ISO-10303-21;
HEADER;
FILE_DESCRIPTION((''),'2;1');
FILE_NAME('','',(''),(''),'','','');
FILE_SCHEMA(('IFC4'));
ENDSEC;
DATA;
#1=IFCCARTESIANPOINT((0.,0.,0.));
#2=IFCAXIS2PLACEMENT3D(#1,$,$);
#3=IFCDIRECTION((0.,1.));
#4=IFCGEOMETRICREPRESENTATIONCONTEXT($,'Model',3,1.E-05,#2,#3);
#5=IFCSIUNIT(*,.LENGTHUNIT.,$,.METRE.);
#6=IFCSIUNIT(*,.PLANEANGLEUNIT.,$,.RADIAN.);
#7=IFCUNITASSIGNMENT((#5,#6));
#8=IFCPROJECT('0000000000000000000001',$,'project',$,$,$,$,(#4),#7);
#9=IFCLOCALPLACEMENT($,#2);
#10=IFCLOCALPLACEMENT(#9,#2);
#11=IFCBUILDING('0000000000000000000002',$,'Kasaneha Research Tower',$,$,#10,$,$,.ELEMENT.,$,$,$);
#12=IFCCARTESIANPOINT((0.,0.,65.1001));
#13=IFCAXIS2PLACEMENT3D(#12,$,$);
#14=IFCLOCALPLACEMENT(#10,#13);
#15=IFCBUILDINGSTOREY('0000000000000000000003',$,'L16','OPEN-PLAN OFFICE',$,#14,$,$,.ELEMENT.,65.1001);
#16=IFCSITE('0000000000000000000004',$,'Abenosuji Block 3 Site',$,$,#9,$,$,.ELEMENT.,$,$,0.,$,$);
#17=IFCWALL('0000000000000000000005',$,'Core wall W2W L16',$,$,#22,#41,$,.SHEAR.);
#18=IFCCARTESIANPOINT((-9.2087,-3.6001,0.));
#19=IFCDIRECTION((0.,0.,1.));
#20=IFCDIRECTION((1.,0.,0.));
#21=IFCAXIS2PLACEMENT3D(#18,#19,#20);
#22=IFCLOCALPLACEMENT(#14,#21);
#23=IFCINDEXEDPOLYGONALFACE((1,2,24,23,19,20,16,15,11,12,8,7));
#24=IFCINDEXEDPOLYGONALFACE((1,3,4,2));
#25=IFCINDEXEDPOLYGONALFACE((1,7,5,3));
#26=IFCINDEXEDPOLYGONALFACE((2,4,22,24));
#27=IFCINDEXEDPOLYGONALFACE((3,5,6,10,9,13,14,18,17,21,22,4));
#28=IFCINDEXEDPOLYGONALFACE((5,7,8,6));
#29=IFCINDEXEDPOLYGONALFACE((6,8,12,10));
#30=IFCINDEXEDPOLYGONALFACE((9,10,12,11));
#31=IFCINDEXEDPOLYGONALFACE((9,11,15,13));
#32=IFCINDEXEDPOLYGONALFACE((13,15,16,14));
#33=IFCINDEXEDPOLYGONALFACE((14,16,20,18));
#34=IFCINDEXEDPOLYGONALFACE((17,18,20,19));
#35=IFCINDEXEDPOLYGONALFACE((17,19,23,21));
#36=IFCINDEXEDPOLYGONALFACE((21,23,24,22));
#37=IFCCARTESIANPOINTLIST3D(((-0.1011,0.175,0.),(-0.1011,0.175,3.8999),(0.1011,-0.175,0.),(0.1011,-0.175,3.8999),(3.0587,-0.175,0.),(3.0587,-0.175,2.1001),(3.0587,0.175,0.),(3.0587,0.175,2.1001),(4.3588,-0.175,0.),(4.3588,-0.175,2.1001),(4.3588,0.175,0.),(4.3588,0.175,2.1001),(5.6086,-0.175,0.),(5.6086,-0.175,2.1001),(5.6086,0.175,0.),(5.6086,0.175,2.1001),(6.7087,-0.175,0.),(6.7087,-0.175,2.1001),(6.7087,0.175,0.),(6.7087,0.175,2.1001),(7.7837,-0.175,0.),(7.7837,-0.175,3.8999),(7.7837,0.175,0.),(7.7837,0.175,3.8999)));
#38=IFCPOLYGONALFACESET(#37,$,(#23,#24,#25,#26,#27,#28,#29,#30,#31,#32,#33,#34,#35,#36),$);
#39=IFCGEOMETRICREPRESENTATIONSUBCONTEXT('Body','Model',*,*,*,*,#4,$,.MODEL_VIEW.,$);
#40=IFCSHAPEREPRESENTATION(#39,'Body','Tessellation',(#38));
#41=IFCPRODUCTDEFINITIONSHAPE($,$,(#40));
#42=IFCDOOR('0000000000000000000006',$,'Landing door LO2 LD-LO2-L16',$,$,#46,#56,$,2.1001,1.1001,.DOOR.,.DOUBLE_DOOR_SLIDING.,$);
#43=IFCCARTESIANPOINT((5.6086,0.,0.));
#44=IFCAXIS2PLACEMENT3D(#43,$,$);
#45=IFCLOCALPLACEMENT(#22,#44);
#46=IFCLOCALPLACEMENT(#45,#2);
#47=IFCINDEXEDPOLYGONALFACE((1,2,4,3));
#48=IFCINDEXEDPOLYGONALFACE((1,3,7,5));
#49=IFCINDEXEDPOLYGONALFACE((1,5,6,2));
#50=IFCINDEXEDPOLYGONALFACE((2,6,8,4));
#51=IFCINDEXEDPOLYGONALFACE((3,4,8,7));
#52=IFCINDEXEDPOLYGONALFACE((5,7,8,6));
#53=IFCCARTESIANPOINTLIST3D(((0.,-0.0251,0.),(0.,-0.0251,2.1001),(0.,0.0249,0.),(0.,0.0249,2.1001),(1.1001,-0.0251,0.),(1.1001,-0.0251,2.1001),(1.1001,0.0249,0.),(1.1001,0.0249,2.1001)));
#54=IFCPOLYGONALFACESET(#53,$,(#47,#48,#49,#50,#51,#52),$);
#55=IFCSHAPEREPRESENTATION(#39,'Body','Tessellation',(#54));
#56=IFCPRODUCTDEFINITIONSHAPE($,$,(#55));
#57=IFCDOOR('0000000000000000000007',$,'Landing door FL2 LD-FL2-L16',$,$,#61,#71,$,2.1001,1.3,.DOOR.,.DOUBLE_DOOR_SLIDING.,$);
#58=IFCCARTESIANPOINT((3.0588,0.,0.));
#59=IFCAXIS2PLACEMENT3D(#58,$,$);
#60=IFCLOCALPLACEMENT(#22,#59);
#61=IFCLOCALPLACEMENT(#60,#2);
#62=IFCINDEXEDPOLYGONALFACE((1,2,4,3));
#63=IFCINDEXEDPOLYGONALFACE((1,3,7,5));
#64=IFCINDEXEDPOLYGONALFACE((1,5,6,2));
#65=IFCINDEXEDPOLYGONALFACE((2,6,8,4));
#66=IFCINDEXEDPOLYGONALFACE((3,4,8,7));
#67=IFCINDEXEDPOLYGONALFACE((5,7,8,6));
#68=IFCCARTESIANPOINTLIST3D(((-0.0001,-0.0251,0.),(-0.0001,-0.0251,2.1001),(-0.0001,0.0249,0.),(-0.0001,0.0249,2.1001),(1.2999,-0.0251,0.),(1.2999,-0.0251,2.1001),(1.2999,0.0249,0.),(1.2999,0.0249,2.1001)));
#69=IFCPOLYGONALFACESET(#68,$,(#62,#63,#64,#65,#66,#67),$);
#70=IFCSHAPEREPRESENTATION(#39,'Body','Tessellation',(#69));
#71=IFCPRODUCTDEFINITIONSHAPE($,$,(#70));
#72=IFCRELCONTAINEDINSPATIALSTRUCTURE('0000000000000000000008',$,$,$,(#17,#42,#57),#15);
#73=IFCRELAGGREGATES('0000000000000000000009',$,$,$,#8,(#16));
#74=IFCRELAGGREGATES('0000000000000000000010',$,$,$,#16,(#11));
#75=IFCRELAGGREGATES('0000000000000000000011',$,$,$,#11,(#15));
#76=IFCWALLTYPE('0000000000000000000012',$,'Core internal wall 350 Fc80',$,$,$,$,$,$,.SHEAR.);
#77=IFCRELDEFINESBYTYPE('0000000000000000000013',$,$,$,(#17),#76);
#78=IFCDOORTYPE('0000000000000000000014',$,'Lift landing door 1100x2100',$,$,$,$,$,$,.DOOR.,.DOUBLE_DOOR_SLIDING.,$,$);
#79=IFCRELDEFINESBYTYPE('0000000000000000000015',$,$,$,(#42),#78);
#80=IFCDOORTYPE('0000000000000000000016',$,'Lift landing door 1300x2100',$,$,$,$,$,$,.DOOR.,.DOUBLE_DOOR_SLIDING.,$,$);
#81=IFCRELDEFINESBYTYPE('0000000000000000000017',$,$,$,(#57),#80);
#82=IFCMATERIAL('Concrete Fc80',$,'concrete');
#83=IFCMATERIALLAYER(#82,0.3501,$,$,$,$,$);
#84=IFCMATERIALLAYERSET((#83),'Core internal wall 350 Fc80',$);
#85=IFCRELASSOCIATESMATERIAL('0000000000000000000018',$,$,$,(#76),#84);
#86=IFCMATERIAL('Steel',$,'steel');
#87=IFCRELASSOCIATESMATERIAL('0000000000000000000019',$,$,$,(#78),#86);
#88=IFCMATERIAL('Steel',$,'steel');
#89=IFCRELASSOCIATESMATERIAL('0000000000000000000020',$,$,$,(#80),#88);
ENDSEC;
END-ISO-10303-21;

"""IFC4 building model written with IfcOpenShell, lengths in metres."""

from ifc_helpers import new_model, si_unit, direction, frame, frame_2d, origin, place, context, subcontext, project, spatial, polyline, rectangle, outline, extrude, material, layer, layer_set, type_object, element, fill, save


model = new_model("IFC4")

# Units and contexts
model_context = context("Model", 3, precision=1e-05, world=origin(), true_north=direction((0.0, 1.0)))
body_context = subcontext(model_context, "Body", "Model", "MODEL_VIEW")
ifc_project = project(units=[si_unit("LENGTHUNIT", "METRE"), si_unit("PLANEANGLEUNIT", "RADIAN")], contexts=[model_context])

# Site, building, storey
site_placement = place(None, origin())
site = spatial("IfcSite", under=ifc_project, at=site_placement, Name="Abenosuji Block 3 Site", CompositionType="ELEMENT", RefElevation=0.0)
building_placement = place(site_placement, origin())
building = spatial("IfcBuilding", under=site, at=building_placement, Name="Kasaneha Research Tower", CompositionType="ELEMENT")
storey_placement = place(building_placement, frame((0.0, 0.0, 65.1001)))
storey = spatial("IfcBuildingStorey", under=building, at=storey_placement, Name="L16", Description="OPEN-PLAN OFFICE", CompositionType="ELEMENT", Elevation=65.1001)

# Wall, openings, doors
ifc_material_1 = material(Name="Concrete Fc80", Category="concrete")
ifc_layer_1 = layer(ifc_material_1, 0.3501)
ifc_layer_set_1 = layer_set([ifc_layer_1], Name="Core internal wall 350 Fc80")
wall_type_1 = type_object("IfcWallType", Name="Core internal wall 350 Fc80", PredefinedType="SHEAR", material=ifc_layer_set_1)
wall_1_placement = place(storey_placement, frame((-9.2087, -3.6001, 0.0), z_axis=(0.0, 0.0, 1.0), x_axis=(1.0, 0.0, 0.0)))
wall_1 = element("IfcWall", 1, at=wall_1_placement, inside=storey, type_object=wall_type_1, Name="Core wall W2W L16", PredefinedType="SHEAR", context=body_context, shape_type="SweptSolid", body=[
    extrude(outline(polyline([(0.1011, -0.175), (3.0588, -0.175), (4.3589, -0.175), (5.6086, -0.175), (6.7087, -0.175), (7.7837, -0.175), (7.7837, 0.175), (6.7087, 0.175), (5.6086, 0.175), (4.3589, 0.175), (3.0588, 0.175), (-0.1011, 0.175), (0.1011, -0.175)])), origin(), (0.0, 0.0, 1.0), 3.8999),
])
opening_1_placement = place(wall_1_placement, frame((5.6086, 0.0, 0.0)))
opening_1 = element("IfcOpeningElement", 2, at=opening_1_placement, cuts=wall_1, PredefinedType="OPENING", context=body_context, shape_type="SweptSolid", body=[
    extrude(rectangle(XDim=1.1001, YDim=2.1001, at=frame_2d((0.55, 1.05))), frame((0.0, 0.1851, 0.0), z_axis=(0.0, -1.0, 0.0), x_axis=(1.0, 0.0, 0.0)), (0.0, 0.0, 1.0), 0.3701),
])
opening_2_placement = place(wall_1_placement, frame((3.0588, 0.0, 0.0)))
opening_2 = element("IfcOpeningElement", 3, at=opening_2_placement, cuts=wall_1, PredefinedType="OPENING", context=body_context, shape_type="SweptSolid", body=[
    extrude(rectangle(XDim=1.3, YDim=2.1001, at=frame_2d((0.6499, 1.05))), frame((0.0, 0.1851, 0.0), z_axis=(0.0, -1.0, 0.0), x_axis=(1.0, 0.0, 0.0)), (0.0, 0.0, 1.0), 0.3701),
])
ifc_material_2 = material(Name="Steel", Category="steel")
door_type_1 = type_object("IfcDoorType", Name="Lift landing door 1100x2100", OperationType="DOUBLE_DOOR_SLIDING", PredefinedType="DOOR", material=ifc_material_2)
door_1_placement = place(opening_1_placement, origin())
door_1 = element("IfcDoor", 4, at=door_1_placement, inside=storey, type_object=door_type_1, Name="Landing door LO2 LD-LO2-L16", OperationType="DOUBLE_DOOR_SLIDING", OverallHeight=2.1001, OverallWidth=1.1001, PredefinedType="DOOR", context=body_context, shape_type="SweptSolid", body=[
    extrude(rectangle(XDim=1.1001, YDim=2.1001, at=frame_2d((0.55, 1.05))), frame((0.0, 0.0249, 0.0), z_axis=(0.0, -1.0, 0.0), x_axis=(1.0, 0.0, 0.0)), (0.0, 0.0, 1.0), 0.05),
])
fill(opening_1, door_1)
ifc_material_3 = material(Name="Steel", Category="steel")
door_type_2 = type_object("IfcDoorType", Name="Lift landing door 1300x2100", OperationType="DOUBLE_DOOR_SLIDING", PredefinedType="DOOR", material=ifc_material_3)
door_2_placement = place(opening_2_placement, origin())
door_2 = element("IfcDoor", 5, at=door_2_placement, inside=storey, type_object=door_type_2, Name="Landing door FL2 LD-FL2-L16", OperationType="DOUBLE_DOOR_SLIDING", OverallHeight=2.1001, OverallWidth=1.3, PredefinedType="DOOR", context=body_context, shape_type="SweptSolid", body=[
    extrude(rectangle(XDim=1.3, YDim=2.1001, at=frame_2d((0.6499, 1.05))), frame((0.0, 0.0249, 0.0), z_axis=(0.0, -1.0, 0.0), x_axis=(1.0, 0.0, 0.0)), (0.0, 0.0, 1.0), 0.05),
])
fill(opening_2, door_2)

save(model, "model.ifc")
